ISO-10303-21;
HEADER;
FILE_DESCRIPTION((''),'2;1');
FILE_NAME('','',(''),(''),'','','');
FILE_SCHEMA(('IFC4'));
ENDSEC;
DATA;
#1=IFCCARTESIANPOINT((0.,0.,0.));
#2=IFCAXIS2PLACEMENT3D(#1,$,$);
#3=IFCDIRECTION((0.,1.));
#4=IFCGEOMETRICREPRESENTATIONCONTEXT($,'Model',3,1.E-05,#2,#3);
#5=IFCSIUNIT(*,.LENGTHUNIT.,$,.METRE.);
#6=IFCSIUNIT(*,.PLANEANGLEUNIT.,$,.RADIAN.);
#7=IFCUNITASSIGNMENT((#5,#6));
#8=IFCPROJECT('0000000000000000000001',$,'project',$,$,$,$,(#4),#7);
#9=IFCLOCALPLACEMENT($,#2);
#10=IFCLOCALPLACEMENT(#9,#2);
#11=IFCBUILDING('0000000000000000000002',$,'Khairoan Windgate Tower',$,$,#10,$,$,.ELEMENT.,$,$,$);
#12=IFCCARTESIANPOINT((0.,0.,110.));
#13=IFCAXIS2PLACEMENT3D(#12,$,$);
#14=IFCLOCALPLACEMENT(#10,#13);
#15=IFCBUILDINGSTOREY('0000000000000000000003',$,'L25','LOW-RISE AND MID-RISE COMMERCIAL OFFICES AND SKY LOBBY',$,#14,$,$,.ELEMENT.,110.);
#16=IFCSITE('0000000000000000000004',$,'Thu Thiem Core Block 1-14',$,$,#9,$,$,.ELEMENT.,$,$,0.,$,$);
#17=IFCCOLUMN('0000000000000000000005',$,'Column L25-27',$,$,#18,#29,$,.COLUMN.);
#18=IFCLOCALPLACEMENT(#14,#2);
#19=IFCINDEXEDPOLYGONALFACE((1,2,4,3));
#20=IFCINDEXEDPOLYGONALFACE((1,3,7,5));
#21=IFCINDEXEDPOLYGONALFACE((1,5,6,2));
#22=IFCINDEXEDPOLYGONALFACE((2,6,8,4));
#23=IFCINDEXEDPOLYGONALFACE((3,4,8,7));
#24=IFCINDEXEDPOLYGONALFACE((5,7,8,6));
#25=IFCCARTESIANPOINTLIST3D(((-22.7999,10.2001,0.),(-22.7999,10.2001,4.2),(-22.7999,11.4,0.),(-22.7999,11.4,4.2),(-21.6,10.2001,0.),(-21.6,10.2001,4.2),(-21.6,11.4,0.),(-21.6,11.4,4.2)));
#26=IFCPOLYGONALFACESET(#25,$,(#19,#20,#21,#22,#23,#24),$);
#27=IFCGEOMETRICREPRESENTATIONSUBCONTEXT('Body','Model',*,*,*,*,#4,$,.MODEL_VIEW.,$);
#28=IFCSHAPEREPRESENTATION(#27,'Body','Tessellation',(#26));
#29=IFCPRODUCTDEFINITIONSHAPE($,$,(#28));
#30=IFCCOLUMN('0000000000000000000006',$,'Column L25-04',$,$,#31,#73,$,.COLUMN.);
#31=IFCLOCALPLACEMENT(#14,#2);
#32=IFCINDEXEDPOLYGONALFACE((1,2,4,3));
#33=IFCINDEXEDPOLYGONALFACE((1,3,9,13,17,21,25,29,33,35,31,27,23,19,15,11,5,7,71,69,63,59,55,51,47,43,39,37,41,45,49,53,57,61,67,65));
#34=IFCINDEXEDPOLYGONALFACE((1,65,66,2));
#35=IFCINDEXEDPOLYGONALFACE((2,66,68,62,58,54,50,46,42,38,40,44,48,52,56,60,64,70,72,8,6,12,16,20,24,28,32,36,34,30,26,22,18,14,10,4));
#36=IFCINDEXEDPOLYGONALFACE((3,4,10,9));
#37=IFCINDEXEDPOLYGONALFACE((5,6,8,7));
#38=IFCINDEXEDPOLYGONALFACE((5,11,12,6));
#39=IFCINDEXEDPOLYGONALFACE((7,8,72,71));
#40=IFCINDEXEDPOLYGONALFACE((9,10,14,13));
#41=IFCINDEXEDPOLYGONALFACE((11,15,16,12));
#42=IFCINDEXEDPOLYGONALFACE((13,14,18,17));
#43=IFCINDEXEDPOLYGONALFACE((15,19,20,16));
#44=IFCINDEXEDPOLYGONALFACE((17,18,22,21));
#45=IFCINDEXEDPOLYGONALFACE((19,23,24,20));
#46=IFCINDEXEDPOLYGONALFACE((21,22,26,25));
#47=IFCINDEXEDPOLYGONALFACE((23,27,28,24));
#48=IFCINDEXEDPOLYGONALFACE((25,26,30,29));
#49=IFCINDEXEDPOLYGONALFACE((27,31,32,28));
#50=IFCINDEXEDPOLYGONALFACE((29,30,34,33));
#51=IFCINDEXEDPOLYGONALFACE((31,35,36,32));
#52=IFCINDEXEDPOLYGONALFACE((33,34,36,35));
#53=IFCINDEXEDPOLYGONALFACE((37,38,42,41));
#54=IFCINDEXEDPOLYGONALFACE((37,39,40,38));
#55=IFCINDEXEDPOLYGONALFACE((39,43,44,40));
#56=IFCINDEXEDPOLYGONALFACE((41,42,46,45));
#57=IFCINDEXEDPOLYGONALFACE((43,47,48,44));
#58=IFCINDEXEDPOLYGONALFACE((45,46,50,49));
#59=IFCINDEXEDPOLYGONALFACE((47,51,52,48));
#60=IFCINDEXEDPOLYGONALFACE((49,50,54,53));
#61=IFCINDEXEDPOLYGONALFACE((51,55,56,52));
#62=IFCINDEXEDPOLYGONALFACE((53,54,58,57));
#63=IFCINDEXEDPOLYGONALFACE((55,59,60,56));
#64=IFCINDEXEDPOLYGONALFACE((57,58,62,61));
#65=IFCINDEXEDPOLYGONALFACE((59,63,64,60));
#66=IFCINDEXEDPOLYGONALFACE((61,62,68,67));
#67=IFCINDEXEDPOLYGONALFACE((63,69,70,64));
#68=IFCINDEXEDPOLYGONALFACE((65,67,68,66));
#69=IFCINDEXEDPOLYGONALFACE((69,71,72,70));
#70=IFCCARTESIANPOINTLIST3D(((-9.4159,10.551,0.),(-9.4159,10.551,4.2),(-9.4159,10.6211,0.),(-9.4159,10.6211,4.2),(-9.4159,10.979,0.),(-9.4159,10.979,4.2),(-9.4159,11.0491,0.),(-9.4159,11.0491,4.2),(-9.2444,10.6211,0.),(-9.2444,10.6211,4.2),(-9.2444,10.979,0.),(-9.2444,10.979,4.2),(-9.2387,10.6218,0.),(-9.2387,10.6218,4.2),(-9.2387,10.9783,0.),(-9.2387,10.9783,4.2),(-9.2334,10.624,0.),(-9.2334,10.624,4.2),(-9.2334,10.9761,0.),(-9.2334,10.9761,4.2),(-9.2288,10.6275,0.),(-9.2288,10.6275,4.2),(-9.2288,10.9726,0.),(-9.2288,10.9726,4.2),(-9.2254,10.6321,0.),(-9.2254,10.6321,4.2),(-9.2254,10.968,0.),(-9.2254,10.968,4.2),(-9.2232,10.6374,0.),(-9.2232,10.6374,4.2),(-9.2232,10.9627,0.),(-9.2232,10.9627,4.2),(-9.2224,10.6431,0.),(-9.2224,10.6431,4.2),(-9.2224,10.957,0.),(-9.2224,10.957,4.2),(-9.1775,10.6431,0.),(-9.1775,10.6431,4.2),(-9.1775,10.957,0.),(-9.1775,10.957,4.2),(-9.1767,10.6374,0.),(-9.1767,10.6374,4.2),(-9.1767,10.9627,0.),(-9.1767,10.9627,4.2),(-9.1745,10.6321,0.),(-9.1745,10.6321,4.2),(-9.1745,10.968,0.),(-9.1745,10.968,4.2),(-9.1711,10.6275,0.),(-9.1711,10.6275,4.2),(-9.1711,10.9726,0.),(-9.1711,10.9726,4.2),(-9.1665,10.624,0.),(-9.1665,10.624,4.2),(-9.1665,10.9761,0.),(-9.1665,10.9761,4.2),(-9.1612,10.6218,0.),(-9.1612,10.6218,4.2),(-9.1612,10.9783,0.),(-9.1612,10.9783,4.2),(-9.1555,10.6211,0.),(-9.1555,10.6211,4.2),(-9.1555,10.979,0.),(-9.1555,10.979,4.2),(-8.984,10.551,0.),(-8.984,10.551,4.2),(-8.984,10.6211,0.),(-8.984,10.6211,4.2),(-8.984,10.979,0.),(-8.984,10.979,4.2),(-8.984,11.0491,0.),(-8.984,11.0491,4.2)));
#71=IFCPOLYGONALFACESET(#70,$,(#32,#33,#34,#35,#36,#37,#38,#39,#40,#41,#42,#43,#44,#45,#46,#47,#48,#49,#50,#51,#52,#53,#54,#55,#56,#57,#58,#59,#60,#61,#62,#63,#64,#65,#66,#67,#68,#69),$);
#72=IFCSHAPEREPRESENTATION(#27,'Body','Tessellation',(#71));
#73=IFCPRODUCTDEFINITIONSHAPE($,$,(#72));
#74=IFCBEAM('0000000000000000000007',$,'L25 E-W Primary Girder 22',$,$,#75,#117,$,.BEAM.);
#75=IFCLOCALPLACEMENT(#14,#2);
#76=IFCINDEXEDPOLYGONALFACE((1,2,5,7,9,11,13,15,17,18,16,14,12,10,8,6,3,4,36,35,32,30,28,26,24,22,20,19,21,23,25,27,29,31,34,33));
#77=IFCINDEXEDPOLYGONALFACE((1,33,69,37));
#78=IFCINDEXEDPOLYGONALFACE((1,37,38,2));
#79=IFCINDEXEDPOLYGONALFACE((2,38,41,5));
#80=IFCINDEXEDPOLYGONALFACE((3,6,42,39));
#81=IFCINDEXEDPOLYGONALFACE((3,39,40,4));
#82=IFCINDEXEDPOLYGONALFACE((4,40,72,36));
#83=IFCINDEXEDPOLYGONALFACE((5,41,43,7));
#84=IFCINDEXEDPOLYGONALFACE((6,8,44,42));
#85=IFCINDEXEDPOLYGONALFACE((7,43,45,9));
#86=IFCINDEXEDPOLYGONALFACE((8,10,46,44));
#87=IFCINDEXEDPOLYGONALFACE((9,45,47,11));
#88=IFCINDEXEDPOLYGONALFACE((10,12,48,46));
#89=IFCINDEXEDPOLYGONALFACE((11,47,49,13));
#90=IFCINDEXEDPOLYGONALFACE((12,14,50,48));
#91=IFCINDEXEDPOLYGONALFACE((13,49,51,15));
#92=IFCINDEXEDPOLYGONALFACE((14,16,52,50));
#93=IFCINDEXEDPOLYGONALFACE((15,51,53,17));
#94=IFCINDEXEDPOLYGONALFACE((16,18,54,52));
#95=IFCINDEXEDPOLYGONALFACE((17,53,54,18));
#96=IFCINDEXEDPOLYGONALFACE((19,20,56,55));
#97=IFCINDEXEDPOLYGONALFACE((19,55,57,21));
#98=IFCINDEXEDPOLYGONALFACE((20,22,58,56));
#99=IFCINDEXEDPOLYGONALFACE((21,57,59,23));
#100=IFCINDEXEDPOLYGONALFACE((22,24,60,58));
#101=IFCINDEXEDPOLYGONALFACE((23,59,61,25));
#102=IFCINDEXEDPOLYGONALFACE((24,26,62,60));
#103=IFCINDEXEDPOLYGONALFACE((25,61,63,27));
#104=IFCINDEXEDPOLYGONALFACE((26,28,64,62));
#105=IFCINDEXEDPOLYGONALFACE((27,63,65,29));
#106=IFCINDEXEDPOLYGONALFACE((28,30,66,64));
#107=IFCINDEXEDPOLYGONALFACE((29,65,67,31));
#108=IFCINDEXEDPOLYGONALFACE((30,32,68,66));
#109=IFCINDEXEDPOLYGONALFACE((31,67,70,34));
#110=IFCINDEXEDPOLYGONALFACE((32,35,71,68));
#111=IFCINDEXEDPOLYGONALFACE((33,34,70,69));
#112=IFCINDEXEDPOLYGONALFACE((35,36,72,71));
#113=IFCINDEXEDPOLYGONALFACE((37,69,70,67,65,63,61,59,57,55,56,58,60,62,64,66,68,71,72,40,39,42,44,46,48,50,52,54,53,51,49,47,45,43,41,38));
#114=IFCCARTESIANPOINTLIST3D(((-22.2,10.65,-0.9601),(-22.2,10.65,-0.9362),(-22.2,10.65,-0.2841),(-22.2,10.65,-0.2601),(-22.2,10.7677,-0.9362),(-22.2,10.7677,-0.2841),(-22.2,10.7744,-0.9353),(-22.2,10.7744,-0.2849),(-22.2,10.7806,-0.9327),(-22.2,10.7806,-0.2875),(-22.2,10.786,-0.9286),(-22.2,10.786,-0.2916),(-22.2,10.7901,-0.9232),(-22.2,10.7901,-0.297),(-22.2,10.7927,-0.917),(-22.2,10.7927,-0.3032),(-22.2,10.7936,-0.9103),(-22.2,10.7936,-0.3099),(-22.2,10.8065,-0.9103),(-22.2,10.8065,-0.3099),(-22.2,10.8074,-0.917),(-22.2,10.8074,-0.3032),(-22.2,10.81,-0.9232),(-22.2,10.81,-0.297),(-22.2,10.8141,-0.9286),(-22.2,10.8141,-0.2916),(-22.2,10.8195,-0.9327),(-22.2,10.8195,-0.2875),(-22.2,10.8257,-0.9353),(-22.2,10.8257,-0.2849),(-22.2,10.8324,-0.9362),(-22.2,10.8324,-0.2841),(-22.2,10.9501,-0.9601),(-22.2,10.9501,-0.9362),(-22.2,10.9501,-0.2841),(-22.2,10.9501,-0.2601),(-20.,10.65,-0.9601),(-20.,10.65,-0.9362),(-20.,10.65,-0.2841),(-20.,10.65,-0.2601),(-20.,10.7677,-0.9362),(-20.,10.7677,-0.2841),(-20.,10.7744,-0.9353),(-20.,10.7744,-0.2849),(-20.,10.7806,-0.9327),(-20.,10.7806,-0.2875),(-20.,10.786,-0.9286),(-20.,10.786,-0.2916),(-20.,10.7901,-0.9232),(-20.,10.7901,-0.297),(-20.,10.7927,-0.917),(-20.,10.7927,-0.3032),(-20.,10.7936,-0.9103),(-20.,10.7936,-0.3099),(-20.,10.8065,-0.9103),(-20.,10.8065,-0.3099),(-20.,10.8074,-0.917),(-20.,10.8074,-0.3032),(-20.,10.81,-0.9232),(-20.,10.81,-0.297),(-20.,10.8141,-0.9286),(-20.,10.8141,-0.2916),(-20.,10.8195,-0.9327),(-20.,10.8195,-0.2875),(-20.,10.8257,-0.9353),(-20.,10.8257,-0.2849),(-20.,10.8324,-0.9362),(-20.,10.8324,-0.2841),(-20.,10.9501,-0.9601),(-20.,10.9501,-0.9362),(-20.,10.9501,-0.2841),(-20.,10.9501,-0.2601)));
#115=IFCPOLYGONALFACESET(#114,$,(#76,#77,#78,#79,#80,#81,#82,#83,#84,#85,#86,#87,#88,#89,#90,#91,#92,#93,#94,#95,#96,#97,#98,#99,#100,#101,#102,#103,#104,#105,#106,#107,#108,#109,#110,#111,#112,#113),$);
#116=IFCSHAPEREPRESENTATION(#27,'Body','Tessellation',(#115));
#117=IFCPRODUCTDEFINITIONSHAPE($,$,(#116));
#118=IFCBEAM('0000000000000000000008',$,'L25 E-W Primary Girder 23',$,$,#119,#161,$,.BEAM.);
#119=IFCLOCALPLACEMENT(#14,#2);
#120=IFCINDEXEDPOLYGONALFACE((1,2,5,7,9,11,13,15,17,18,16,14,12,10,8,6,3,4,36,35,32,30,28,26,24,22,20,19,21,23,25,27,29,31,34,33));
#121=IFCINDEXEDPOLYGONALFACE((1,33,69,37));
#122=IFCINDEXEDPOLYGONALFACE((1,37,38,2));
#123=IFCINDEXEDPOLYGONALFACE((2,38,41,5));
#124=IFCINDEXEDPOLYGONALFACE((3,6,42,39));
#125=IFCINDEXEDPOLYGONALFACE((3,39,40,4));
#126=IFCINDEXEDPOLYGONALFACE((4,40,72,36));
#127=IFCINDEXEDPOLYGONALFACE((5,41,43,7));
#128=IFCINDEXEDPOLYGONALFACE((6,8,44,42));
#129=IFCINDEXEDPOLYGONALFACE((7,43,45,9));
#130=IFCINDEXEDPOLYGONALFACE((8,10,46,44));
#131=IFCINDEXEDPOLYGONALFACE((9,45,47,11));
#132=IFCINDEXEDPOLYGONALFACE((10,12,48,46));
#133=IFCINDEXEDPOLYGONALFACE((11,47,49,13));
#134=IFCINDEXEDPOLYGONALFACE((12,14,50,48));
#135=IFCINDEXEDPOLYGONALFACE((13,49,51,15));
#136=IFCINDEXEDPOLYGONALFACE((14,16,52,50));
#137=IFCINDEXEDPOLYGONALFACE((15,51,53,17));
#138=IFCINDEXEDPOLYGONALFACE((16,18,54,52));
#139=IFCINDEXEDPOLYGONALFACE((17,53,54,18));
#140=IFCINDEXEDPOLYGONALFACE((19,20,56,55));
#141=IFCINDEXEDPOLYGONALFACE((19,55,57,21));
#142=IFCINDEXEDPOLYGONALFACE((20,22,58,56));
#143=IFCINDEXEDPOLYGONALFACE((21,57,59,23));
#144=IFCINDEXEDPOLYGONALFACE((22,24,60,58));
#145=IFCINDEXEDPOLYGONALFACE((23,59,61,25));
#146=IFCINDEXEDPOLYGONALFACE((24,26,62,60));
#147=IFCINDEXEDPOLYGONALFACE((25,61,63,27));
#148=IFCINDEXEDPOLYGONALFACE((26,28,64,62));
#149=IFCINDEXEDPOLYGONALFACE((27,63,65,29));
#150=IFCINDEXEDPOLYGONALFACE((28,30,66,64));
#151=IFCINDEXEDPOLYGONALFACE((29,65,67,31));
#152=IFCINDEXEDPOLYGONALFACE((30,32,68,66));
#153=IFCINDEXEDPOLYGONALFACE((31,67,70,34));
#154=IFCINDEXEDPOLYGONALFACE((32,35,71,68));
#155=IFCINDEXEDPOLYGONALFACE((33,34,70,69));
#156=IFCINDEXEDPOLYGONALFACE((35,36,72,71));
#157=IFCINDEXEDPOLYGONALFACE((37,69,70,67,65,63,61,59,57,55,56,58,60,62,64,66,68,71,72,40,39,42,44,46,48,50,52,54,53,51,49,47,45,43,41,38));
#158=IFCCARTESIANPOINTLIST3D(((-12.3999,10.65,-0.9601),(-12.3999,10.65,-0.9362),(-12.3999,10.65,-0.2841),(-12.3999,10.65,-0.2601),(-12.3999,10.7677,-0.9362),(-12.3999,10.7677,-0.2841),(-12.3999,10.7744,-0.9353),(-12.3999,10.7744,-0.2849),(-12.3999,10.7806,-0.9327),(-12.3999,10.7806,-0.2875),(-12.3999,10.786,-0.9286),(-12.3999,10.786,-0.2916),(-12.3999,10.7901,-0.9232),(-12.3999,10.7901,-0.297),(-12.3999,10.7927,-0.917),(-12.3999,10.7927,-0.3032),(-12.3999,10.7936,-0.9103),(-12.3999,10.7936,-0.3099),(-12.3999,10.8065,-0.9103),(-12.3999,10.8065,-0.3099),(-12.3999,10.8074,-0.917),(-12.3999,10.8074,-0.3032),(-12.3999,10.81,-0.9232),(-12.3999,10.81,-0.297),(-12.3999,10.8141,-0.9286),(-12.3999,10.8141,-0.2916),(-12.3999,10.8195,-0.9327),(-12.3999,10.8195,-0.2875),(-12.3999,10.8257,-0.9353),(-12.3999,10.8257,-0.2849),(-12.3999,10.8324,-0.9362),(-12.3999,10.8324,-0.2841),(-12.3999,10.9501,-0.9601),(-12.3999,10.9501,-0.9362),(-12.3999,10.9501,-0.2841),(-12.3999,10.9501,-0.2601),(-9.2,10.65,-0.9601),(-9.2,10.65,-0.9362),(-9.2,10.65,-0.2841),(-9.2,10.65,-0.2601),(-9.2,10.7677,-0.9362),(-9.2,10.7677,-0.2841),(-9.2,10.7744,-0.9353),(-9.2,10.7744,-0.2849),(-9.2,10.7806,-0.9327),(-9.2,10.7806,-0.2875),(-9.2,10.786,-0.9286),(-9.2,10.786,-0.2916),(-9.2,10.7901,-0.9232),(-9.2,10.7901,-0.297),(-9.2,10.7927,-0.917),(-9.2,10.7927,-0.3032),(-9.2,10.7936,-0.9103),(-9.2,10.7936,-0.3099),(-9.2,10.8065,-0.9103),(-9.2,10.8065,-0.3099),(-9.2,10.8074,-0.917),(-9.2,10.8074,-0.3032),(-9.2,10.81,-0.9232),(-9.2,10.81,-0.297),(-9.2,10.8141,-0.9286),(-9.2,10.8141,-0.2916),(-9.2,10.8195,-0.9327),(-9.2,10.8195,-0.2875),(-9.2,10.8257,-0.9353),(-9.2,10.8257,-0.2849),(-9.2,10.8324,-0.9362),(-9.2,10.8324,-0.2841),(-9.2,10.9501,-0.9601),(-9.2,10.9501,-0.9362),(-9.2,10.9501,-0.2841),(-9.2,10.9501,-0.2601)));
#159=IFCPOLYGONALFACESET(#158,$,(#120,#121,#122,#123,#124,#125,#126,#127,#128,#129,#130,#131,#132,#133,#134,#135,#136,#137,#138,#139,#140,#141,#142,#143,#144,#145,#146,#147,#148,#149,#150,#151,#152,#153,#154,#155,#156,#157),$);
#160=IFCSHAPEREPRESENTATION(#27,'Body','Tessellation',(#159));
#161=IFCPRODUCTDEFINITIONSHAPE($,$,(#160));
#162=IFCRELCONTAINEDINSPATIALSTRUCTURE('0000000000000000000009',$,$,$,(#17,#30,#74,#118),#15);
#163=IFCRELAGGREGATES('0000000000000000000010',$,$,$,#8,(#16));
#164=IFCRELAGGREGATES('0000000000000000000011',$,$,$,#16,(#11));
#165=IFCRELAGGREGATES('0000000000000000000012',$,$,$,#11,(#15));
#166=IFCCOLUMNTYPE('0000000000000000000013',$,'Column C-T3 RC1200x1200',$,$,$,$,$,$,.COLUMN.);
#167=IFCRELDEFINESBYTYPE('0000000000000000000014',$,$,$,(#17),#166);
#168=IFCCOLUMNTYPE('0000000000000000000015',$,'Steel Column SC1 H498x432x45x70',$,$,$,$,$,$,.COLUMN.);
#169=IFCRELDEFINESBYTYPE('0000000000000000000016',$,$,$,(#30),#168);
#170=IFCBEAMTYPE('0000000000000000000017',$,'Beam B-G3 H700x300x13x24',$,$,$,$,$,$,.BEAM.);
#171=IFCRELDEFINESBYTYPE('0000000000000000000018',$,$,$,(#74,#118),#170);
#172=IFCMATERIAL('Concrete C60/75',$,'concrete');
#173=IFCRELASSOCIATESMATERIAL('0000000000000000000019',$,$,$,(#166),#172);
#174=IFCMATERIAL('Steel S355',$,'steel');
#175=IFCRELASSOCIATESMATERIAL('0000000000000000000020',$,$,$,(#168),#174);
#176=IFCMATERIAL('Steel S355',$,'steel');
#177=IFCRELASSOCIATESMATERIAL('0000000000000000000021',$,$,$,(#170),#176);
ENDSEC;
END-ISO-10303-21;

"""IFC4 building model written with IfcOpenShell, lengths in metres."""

from ifc_helpers import new_model, si_unit, direction, frame, origin, origin_2d, place, context, subcontext, project, spatial, rectangle, i_section, extrude, material, material_profile, profile_set, type_object, element, save


model = new_model("IFC4")

# Units and contexts
model_context = context("Model", 3, precision=1e-05, world=origin(), true_north=direction((0.0, 1.0)))
body_context = subcontext(model_context, "Body", "Model", "MODEL_VIEW")
ifc_project = project(units=[si_unit("LENGTHUNIT", "METRE"), si_unit("PLANEANGLEUNIT", "RADIAN")], contexts=[model_context])

# Site, building, storey
site_placement = place(None, origin())
site = spatial("IfcSite", under=ifc_project, at=site_placement, Name="Thu Thiem Core Block 1-14", CompositionType="ELEMENT", RefElevation=0.0)
building_placement = place(site_placement, origin())
building = spatial("IfcBuilding", under=site, at=building_placement, Name="Khairoan Windgate Tower", CompositionType="ELEMENT")
storey_placement = place(building_placement, frame((0.0, 0.0, 110.0)))
storey = spatial("IfcBuildingStorey", under=building, at=storey_placement, Name="L25", Description="LOW-RISE AND MID-RISE COMMERCIAL OFFICES AND SKY LOBBY", CompositionType="ELEMENT", Elevation=110.0)

# Columns
ifc_material_1 = material(Name="Concrete C60/75", Category="concrete")
ifc_material_profile_1 = material_profile(ifc_material_1, rectangle(XDim=1.2, YDim=1.2, at=origin_2d()))
ifc_profile_set_1 = profile_set([ifc_material_profile_1], Name="Concrete C60/75")
column_type_1 = type_object("IfcColumnType", Name="Column C-T3 RC1200x1200", PredefinedType="COLUMN", material=ifc_profile_set_1)
column_1_placement = place(storey_placement, frame((-22.2, 10.8, 0.0), z_axis=(0.0, 0.0, 1.0), x_axis=(1.0, 0.0, 0.0)))
element("IfcColumn", 1, at=column_1_placement, inside=storey, type_object=column_type_1, Name="Column L25-27", PredefinedType="COLUMN", context=body_context, shape_type="SweptSolid", body=[
    extrude(rectangle(XDim=1.2, YDim=1.2, at=origin_2d()), origin(), (0.0, 0.0, 1.0), 4.2),
])
ifc_material_2 = material(Name="Steel S355", Category="steel")
ifc_material_profile_2 = material_profile(ifc_material_2, i_section(OverallWidth=0.4319, OverallDepth=0.498, WebThickness=0.0449, FlangeThickness=0.0701, FilletRadius=0.022, at=origin_2d()))
ifc_profile_set_2 = profile_set([ifc_material_profile_2], Name="Steel S355")
column_type_2 = type_object("IfcColumnType", Name="Steel Column SC1 H498x432x45x70", PredefinedType="COLUMN", material=ifc_profile_set_2)
column_2_placement = place(storey_placement, frame((-9.2, 10.8, 0.0), z_axis=(0.0, 0.0, 1.0), x_axis=(1.0, 0.0, 0.0)))
element("IfcColumn", 2, at=column_2_placement, inside=storey, type_object=column_type_2, Name="Column L25-04", PredefinedType="COLUMN", context=body_context, shape_type="SweptSolid", body=[
    extrude(i_section(OverallWidth=0.4319, OverallDepth=0.498, WebThickness=0.0449, FlangeThickness=0.0701, FilletRadius=0.022, at=origin_2d()), origin(), (0.0, 0.0, 1.0), 4.2),
])

# Beams
ifc_material_3 = material(Name="Steel S355", Category="steel")
ifc_material_profile_3 = material_profile(ifc_material_3, i_section(OverallWidth=0.3, OverallDepth=0.7, WebThickness=0.0129, FlangeThickness=0.0239, FilletRadius=0.0259, at=origin_2d()))
ifc_profile_set_3 = profile_set([ifc_material_profile_3], Name="Steel S355")
beam_type_1 = type_object("IfcBeamType", Name="Beam B-G3 H700x300x13x24", PredefinedType="BEAM", material=ifc_profile_set_3)
beam_1_placement = place(storey_placement, frame((-22.2, 10.8, -0.6101), z_axis=(1.0, 0.0, 0.0), x_axis=(0.0, 1.0, 0.0)))
element("IfcBeam", 3, at=beam_1_placement, inside=storey, type_object=beam_type_1, Name="L25 E-W Primary Girder 22", PredefinedType="BEAM", context=body_context, shape_type="SweptSolid", body=[
    extrude(i_section(OverallWidth=0.3, OverallDepth=0.7, WebThickness=0.0129, FlangeThickness=0.0239, FilletRadius=0.0259, at=origin_2d()), origin(), (0.0, 0.0, 1.0), 2.2),
])
beam_2_placement = place(storey_placement, frame((-12.3999, 10.8, -0.6101), z_axis=(1.0, 0.0, 0.0), x_axis=(0.0, 1.0, 0.0)))
element("IfcBeam", 4, at=beam_2_placement, inside=storey, type_object=beam_type_1, Name="L25 E-W Primary Girder 23", PredefinedType="BEAM", context=body_context, shape_type="SweptSolid", body=[
    extrude(i_section(OverallWidth=0.3, OverallDepth=0.7, WebThickness=0.0129, FlangeThickness=0.0239, FilletRadius=0.0259, at=origin_2d()), origin(), (0.0, 0.0, 1.0), 3.2),
])

save(model, "model.ifc")
